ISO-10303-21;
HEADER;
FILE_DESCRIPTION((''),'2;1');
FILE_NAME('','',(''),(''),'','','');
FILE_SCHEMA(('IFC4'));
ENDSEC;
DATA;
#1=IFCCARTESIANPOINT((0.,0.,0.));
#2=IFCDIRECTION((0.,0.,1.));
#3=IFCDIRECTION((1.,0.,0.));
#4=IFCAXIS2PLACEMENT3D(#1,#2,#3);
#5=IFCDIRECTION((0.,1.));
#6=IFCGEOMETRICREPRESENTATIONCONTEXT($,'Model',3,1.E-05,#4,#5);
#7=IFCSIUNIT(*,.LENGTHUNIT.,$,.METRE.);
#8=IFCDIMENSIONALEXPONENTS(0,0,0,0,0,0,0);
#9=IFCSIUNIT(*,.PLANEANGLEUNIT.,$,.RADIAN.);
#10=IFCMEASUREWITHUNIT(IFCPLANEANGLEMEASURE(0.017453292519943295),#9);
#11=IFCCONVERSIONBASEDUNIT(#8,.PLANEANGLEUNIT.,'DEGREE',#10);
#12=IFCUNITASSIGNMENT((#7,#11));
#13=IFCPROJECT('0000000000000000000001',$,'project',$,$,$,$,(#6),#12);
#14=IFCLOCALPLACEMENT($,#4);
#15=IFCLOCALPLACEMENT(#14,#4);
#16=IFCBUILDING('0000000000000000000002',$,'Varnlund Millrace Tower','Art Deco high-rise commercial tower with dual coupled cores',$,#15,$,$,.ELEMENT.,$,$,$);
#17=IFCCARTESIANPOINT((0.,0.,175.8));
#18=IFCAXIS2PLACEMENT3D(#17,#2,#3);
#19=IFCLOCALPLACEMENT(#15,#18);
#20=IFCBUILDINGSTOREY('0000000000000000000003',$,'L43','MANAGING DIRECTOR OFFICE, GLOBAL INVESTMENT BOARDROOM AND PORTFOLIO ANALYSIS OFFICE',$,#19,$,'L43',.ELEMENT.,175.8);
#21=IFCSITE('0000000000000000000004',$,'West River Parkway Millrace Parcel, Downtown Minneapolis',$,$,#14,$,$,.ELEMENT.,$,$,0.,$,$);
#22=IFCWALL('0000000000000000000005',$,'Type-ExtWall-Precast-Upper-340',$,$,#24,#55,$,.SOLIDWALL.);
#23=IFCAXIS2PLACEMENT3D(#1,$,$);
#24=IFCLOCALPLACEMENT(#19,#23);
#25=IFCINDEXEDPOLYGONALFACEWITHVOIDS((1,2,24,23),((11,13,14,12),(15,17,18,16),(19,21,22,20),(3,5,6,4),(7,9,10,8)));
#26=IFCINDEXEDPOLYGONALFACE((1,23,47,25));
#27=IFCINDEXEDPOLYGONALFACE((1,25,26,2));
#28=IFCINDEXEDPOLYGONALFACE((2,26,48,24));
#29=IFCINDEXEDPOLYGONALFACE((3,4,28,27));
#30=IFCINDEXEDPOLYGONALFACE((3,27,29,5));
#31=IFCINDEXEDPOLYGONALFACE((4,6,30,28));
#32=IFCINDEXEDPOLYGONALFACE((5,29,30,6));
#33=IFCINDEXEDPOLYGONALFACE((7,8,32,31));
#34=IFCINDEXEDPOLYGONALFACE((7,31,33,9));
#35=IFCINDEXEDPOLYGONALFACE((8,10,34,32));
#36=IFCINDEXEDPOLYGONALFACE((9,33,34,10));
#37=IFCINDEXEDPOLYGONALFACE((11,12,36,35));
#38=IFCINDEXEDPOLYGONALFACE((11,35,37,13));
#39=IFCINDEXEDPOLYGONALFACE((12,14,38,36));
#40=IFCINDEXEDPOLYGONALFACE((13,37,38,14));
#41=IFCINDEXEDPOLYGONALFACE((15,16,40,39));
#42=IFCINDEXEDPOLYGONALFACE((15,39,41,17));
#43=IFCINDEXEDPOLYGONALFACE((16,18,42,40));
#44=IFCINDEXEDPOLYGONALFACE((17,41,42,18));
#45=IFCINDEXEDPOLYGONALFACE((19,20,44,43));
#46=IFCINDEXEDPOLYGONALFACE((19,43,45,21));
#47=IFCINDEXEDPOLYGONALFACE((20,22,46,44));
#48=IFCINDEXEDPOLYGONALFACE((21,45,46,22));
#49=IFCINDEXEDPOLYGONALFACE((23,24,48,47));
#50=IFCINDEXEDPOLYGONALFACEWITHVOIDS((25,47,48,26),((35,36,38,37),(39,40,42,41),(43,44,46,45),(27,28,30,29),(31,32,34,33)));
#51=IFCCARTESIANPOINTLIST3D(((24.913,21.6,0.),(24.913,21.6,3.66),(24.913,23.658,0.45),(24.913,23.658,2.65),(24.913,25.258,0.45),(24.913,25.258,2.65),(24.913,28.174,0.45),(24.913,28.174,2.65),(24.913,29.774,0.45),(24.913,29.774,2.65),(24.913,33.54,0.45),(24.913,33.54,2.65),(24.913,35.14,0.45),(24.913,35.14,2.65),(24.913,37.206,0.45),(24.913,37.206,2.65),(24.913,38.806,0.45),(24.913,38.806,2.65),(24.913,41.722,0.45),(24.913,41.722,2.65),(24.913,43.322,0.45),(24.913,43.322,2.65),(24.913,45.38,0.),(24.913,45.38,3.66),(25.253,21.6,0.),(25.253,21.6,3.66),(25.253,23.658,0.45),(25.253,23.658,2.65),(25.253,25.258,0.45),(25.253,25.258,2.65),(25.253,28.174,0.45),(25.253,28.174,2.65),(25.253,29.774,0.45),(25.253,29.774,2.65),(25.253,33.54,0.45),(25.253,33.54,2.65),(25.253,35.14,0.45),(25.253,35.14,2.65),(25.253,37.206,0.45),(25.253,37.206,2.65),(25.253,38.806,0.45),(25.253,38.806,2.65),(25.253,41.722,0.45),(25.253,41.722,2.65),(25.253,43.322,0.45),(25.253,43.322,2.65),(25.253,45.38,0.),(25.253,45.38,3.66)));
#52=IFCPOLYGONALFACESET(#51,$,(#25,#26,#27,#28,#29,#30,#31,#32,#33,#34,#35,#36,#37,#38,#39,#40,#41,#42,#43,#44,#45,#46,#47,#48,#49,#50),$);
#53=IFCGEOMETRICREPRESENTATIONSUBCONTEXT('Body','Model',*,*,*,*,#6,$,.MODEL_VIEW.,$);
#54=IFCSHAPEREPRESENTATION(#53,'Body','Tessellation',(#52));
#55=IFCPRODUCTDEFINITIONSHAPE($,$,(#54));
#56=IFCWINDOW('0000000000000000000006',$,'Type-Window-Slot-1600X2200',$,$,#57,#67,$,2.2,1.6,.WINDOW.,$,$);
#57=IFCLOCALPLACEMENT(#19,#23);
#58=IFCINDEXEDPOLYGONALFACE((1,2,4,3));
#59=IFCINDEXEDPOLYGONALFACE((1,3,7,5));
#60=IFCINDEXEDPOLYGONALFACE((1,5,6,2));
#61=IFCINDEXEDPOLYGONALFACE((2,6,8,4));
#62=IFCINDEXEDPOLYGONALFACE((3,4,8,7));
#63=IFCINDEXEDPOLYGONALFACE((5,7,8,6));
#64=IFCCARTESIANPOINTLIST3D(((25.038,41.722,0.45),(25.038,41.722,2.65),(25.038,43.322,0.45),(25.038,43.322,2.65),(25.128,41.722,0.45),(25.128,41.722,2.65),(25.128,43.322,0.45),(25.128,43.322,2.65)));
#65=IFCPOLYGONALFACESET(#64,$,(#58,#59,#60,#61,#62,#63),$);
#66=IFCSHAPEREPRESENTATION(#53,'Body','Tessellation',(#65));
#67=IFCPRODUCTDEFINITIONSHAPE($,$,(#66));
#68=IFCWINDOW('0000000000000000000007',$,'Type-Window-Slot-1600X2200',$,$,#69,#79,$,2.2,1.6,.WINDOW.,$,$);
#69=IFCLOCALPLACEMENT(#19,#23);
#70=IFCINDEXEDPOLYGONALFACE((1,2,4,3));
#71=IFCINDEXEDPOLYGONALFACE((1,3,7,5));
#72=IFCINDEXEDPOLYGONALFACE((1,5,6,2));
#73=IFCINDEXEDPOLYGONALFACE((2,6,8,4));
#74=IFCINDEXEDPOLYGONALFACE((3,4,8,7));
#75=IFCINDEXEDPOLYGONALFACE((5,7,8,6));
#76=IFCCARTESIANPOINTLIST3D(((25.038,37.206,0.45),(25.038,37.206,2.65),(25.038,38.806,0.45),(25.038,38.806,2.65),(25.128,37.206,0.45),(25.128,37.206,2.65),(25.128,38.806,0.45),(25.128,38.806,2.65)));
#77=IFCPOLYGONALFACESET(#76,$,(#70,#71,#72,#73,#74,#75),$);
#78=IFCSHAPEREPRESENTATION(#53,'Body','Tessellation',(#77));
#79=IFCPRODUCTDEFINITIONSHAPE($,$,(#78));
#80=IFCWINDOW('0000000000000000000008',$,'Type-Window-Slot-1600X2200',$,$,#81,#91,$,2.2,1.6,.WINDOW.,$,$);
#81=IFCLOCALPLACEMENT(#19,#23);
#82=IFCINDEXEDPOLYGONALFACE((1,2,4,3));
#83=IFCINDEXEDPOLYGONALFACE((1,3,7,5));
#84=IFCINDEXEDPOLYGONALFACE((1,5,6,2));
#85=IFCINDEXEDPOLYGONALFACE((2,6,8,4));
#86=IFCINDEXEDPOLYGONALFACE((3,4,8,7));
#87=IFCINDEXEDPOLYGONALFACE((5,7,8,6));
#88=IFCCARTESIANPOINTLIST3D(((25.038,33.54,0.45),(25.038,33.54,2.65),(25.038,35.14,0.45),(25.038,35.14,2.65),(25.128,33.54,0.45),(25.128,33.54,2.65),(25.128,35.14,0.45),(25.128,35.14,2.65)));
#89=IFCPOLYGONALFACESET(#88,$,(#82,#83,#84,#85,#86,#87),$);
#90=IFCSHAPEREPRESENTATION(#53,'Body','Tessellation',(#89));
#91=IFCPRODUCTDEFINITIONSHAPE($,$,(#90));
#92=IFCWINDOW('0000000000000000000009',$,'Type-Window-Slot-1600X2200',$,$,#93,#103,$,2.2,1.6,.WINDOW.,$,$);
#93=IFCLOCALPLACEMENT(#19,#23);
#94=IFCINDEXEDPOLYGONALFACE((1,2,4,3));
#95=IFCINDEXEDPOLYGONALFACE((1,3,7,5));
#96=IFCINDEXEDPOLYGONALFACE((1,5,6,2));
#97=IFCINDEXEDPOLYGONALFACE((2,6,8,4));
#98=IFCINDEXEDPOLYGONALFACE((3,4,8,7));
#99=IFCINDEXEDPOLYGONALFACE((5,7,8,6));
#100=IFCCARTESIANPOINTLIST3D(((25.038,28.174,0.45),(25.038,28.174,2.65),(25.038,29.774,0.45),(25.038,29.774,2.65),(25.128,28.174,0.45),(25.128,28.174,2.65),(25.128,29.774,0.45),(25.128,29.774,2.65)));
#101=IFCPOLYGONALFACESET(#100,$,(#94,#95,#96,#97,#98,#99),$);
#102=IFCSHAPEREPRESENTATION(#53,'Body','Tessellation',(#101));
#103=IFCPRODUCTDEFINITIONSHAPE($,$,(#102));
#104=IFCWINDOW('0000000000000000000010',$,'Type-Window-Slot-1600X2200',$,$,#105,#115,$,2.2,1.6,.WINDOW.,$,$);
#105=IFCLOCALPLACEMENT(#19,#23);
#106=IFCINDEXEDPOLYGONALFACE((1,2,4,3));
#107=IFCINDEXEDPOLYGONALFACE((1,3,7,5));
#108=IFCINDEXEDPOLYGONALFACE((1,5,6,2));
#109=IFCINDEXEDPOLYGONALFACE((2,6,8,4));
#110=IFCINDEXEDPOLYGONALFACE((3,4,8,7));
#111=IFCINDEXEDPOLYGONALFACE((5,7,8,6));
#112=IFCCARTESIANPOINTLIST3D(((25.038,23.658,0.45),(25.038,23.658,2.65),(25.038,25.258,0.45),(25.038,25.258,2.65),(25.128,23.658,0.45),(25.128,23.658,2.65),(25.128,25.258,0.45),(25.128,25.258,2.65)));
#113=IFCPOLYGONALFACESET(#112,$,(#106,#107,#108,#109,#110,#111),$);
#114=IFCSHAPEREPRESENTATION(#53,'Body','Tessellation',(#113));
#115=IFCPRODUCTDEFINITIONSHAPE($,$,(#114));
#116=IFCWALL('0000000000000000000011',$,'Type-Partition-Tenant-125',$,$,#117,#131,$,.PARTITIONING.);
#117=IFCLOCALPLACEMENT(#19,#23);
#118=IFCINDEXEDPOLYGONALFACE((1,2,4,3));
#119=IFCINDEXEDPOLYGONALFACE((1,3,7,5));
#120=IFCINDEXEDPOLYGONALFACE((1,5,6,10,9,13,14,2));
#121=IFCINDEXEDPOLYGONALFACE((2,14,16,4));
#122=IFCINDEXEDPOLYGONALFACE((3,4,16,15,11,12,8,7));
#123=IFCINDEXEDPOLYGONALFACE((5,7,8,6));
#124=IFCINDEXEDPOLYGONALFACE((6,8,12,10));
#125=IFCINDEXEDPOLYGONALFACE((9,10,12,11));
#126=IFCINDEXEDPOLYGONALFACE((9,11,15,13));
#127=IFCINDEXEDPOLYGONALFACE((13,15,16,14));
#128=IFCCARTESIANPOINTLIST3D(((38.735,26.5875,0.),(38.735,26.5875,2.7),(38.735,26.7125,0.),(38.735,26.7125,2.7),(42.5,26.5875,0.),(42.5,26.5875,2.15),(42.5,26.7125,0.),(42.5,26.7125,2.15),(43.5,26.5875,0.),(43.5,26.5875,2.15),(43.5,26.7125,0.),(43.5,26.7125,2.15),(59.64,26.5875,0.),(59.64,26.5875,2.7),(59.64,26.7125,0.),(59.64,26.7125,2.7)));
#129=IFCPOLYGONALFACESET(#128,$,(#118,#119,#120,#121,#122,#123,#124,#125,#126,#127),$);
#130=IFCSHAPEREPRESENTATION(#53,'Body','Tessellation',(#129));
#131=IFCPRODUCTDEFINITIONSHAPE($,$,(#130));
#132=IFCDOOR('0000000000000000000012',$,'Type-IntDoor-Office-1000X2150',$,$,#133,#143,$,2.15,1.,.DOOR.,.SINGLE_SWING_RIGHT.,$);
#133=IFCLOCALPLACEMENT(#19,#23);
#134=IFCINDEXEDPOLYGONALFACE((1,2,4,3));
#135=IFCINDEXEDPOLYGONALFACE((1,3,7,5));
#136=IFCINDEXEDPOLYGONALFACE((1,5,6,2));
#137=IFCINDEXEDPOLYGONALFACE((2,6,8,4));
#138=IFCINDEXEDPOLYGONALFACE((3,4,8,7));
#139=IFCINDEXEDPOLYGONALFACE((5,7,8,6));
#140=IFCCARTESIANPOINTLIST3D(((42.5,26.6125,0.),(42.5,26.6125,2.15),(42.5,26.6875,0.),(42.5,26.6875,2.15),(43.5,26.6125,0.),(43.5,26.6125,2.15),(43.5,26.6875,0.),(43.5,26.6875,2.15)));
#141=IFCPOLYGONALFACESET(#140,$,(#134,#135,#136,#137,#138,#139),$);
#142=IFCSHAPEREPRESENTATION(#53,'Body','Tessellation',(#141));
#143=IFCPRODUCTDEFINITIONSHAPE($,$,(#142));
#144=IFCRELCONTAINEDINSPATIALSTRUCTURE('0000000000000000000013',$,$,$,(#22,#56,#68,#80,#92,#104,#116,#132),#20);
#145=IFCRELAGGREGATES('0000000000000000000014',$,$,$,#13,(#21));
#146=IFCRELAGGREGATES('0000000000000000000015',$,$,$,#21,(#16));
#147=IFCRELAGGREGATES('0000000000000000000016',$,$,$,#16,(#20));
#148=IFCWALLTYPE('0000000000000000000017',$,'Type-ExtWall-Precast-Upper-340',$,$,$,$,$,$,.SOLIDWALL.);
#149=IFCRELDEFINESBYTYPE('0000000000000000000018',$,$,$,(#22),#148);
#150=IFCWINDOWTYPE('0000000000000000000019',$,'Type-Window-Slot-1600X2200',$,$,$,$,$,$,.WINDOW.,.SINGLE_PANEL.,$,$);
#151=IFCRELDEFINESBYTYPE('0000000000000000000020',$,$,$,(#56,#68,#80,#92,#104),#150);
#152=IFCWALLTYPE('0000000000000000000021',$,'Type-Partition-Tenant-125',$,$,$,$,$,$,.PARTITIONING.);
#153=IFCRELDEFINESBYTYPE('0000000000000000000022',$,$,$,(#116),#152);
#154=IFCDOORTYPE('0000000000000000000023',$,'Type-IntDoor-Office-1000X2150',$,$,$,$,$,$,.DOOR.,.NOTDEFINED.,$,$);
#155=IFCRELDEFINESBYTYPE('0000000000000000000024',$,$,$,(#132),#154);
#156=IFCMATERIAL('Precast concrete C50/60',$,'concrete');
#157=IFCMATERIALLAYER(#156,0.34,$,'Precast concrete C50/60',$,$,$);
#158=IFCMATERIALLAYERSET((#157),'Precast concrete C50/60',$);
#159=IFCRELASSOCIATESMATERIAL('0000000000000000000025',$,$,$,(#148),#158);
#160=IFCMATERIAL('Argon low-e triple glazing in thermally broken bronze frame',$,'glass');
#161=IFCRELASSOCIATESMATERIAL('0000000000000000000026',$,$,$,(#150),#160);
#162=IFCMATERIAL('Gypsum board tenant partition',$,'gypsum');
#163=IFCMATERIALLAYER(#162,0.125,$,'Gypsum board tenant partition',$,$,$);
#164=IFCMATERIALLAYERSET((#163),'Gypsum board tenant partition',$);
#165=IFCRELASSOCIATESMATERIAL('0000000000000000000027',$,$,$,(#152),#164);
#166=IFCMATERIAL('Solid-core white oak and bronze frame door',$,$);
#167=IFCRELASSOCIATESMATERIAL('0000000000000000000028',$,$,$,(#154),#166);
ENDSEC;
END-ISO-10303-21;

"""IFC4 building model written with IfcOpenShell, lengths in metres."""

from ifc_helpers import new_model, entity, si_unit, converted_unit, direction, frame, origin_with_axes, origin_2d_with_axis, place, context, subcontext, project, spatial, polyline, rectangle, outline, extrude, material, layer, layer_set, type_object, element, fill, save


model = new_model("IFC4")

# Units and contexts
model_context = context("Model", 3, precision=1e-05, world=origin_with_axes(), true_north=direction((0.0, 1.0)))
body_context = subcontext(model_context, "Body", "Model", "MODEL_VIEW")
ifc_project = project(units=[si_unit("LENGTHUNIT", "METRE"), converted_unit("PLANEANGLEUNIT", "DEGREE", entity("IfcPlaneAngleMeasure", 0.017453292519943295), si_unit("PLANEANGLEUNIT", "RADIAN"), dimensions=[0, 0, 0, 0, 0, 0, 0])], contexts=[model_context])

# Site, building, storey
site_placement = place(None, origin_with_axes())
site = spatial("IfcSite", under=ifc_project, at=site_placement, Name="West River Parkway Millrace Parcel, Downtown Minneapolis", CompositionType="ELEMENT", RefElevation=0.0)
building_placement = place(site_placement, origin_with_axes())
building = spatial("IfcBuilding", under=site, at=building_placement, Name="Varnlund Millrace Tower", Description="Art Deco high-rise commercial tower with dual coupled cores", CompositionType="ELEMENT")
storey_placement = place(building_placement, frame((0.0, 0.0, 175.8), z_axis=(0.0, 0.0, 1.0), x_axis=(1.0, 0.0, 0.0)))
storey = spatial("IfcBuildingStorey", under=building, at=storey_placement, Name="L43", Description="MANAGING DIRECTOR OFFICE, GLOBAL INVESTMENT BOARDROOM AND PORTFOLIO ANALYSIS OFFICE", LongName="L43", CompositionType="ELEMENT", Elevation=175.8)

# Shared definitions
ifc_material_1 = material(Name="Precast concrete C50/60", Category="concrete")
ifc_layer_1 = layer(ifc_material_1, 0.34, Name="Precast concrete C50/60")
ifc_layer_set_1 = layer_set([ifc_layer_1], Name="Precast concrete C50/60")
wall_type_1 = type_object("IfcWallType", Name="Type-ExtWall-Precast-Upper-340", PredefinedType="SOLIDWALL", material=ifc_layer_set_1)
ifc_material_2 = material(Name="Argon low-e triple glazing in thermally broken bronze frame", Category="glass")

# Wall, openings, windows
wall_1_placement = place(storey_placement, frame((25.083, 45.38, 0.0), z_axis=(0.0, 0.0, 1.0), x_axis=(0.0, -1.0, 0.0)))
wall_1 = element("IfcWall", 1, at=wall_1_placement, inside=storey, type_object=wall_type_1, Name="Type-ExtWall-Precast-Upper-340", PredefinedType="SOLIDWALL", context=body_context, shape_type="SweptSolid", body=[
    extrude(outline(polyline([(0.0, -0.17), (23.78, -0.17), (23.78, 0.17), (0.0, 0.17), (0.0, -0.17)])), origin_with_axes(), (0.0, 0.0, 1.0), 3.66),
])
opening_1_placement = place(wall_1_placement, frame((2.858, 0.0, 0.45), z_axis=(0.0, 0.0, 1.0), x_axis=(1.0, 0.0, 0.0)))
opening_1 = element("IfcOpeningElement", 2, at=opening_1_placement, cuts=wall_1, PredefinedType="OPENING", context=body_context, shape_type="SweptSolid", body=[
    extrude(rectangle(XDim=1.6, YDim=0.36, at=origin_2d_with_axis()), origin_with_axes(), (0.0, 0.0, 1.0), 2.2),
])
opening_2_placement = place(wall_1_placement, frame((7.374, 0.0, 0.45), z_axis=(0.0, 0.0, 1.0), x_axis=(1.0, 0.0, 0.0)))
opening_2 = element("IfcOpeningElement", 3, at=opening_2_placement, cuts=wall_1, PredefinedType="OPENING", context=body_context, shape_type="SweptSolid", body=[
    extrude(rectangle(XDim=1.6, YDim=0.36, at=origin_2d_with_axis()), origin_with_axes(), (0.0, 0.0, 1.0), 2.2),
])
opening_3_placement = place(wall_1_placement, frame((11.04, 0.0, 0.45), z_axis=(0.0, 0.0, 1.0), x_axis=(1.0, 0.0, 0.0)))
opening_3 = element("IfcOpeningElement", 4, at=opening_3_placement, cuts=wall_1, PredefinedType="OPENING", context=body_context, shape_type="SweptSolid", body=[
    extrude(rectangle(XDim=1.6, YDim=0.36, at=origin_2d_with_axis()), origin_with_axes(), (0.0, 0.0, 1.0), 2.2),
])
opening_4_placement = place(wall_1_placement, frame((16.406, 0.0, 0.45), z_axis=(0.0, 0.0, 1.0), x_axis=(1.0, 0.0, 0.0)))
opening_4 = element("IfcOpeningElement", 5, at=opening_4_placement, cuts=wall_1, PredefinedType="OPENING", context=body_context, shape_type="SweptSolid", body=[
    extrude(rectangle(XDim=1.6, YDim=0.36, at=origin_2d_with_axis()), origin_with_axes(), (0.0, 0.0, 1.0), 2.2),
])
opening_5_placement = place(wall_1_placement, frame((20.922, 0.0, 0.45), z_axis=(0.0, 0.0, 1.0), x_axis=(1.0, 0.0, 0.0)))
opening_5 = element("IfcOpeningElement", 6, at=opening_5_placement, cuts=wall_1, PredefinedType="OPENING", context=body_context, shape_type="SweptSolid", body=[
    extrude(rectangle(XDim=1.6, YDim=0.36, at=origin_2d_with_axis()), origin_with_axes(), (0.0, 0.0, 1.0), 2.2),
])
window_type_1 = type_object("IfcWindowType", Name="Type-Window-Slot-1600X2200", PartitioningType="SINGLE_PANEL", PredefinedType="WINDOW", material=ifc_material_2)
window_1_placement = place(wall_1_placement, frame((2.858, 0.0, 0.45), z_axis=(0.0, 0.0, 1.0), x_axis=(1.0, 0.0, 0.0)))
window_1 = element("IfcWindow", 7, at=window_1_placement, inside=storey, type_object=window_type_1, Name="Type-Window-Slot-1600X2200", OverallHeight=2.2, OverallWidth=1.6, PredefinedType="WINDOW", context=body_context, shape_type="SweptSolid", body=[
    extrude(rectangle(XDim=1.6, YDim=0.09, at=origin_2d_with_axis()), origin_with_axes(), (0.0, 0.0, 1.0), 2.2),
])
fill(opening_1, window_1)
window_2_placement = place(wall_1_placement, frame((7.374, 0.0, 0.45), z_axis=(0.0, 0.0, 1.0), x_axis=(1.0, 0.0, 0.0)))
window_2 = element("IfcWindow", 8, at=window_2_placement, inside=storey, type_object=window_type_1, Name="Type-Window-Slot-1600X2200", OverallHeight=2.2, OverallWidth=1.6, PredefinedType="WINDOW", context=body_context, shape_type="SweptSolid", body=[
    extrude(rectangle(XDim=1.6, YDim=0.09, at=origin_2d_with_axis()), origin_with_axes(), (0.0, 0.0, 1.0), 2.2),
])
fill(opening_2, window_2)
window_3_placement = place(wall_1_placement, frame((11.04, 0.0, 0.45), z_axis=(0.0, 0.0, 1.0), x_axis=(1.0, 0.0, 0.0)))
window_3 = element("IfcWindow", 9, at=window_3_placement, inside=storey, type_object=window_type_1, Name="Type-Window-Slot-1600X2200", OverallHeight=2.2, OverallWidth=1.6, PredefinedType="WINDOW", context=body_context, shape_type="SweptSolid", body=[
    extrude(rectangle(XDim=1.6, YDim=0.09, at=origin_2d_with_axis()), origin_with_axes(), (0.0, 0.0, 1.0), 2.2),
])
fill(opening_3, window_3)
window_4_placement = place(wall_1_placement, frame((16.406, 0.0, 0.45), z_axis=(0.0, 0.0, 1.0), x_axis=(1.0, 0.0, 0.0)))
window_4 = element("IfcWindow", 10, at=window_4_placement, inside=storey, type_object=window_type_1, Name="Type-Window-Slot-1600X2200", OverallHeight=2.2, OverallWidth=1.6, PredefinedType="WINDOW", context=body_context, shape_type="SweptSolid", body=[
    extrude(rectangle(XDim=1.6, YDim=0.09, at=origin_2d_with_axis()), origin_with_axes(), (0.0, 0.0, 1.0), 2.2),
])
fill(opening_4, window_4)
window_5_placement = place(wall_1_placement, frame((20.922, 0.0, 0.45), z_axis=(0.0, 0.0, 1.0), x_axis=(1.0, 0.0, 0.0)))
window_5 = element("IfcWindow", 11, at=window_5_placement, inside=storey, type_object=window_type_1, Name="Type-Window-Slot-1600X2200", OverallHeight=2.2, OverallWidth=1.6, PredefinedType="WINDOW", context=body_context, shape_type="SweptSolid", body=[
    extrude(rectangle(XDim=1.6, YDim=0.09, at=origin_2d_with_axis()), origin_with_axes(), (0.0, 0.0, 1.0), 2.2),
])
fill(opening_5, window_5)

# Wall, opening, door
ifc_material_3 = material(Name="Gypsum board tenant partition", Category="gypsum")
ifc_layer_2 = layer(ifc_material_3, 0.125, Name="Gypsum board tenant partition")
ifc_layer_set_2 = layer_set([ifc_layer_2], Name="Gypsum board tenant partition")
wall_type_2 = type_object("IfcWallType", Name="Type-Partition-Tenant-125", PredefinedType="PARTITIONING", material=ifc_layer_set_2)
wall_2_placement = place(storey_placement, frame((38.735, 26.65, 0.0), z_axis=(0.0, 0.0, 1.0), x_axis=(1.0, 0.0, 0.0)))
wall_2 = element("IfcWall", 12, at=wall_2_placement, inside=storey, type_object=wall_type_2, Name="Type-Partition-Tenant-125", PredefinedType="PARTITIONING", context=body_context, shape_type="SweptSolid", body=[
    extrude(outline(polyline([(0.0, -0.0625), (20.905, -0.0625), (20.905, 0.0625), (0.0, 0.0625), (0.0, -0.0625)])), origin_with_axes(), (0.0, 0.0, 1.0), 2.7),
])
opening_6_placement = place(wall_2_placement, frame((4.265, 0.0, 0.0), z_axis=(0.0, 0.0, 1.0), x_axis=(1.0, 0.0, 0.0)))
opening_6 = element("IfcOpeningElement", 13, at=opening_6_placement, cuts=wall_2, PredefinedType="OPENING", context=body_context, shape_type="SweptSolid", body=[
    extrude(rectangle(XDim=1.0, YDim=0.145, at=origin_2d_with_axis()), origin_with_axes(), (0.0, 0.0, 1.0), 2.15),
])
ifc_material_4 = material(Name="Solid-core white oak and bronze frame door")
door_type = type_object("IfcDoorType", Name="Type-IntDoor-Office-1000X2150", OperationType="NOTDEFINED", PredefinedType="DOOR", material=ifc_material_4)
door_placement = place(wall_2_placement, frame((4.265, 0.0, 0.0), z_axis=(0.0, 0.0, 1.0), x_axis=(1.0, 0.0, 0.0)))
door = element("IfcDoor", 14, at=door_placement, inside=storey, type_object=door_type, Name="Type-IntDoor-Office-1000X2150", OperationType="SINGLE_SWING_RIGHT", OverallHeight=2.15, OverallWidth=1.0, PredefinedType="DOOR", context=body_context, shape_type="SweptSolid", body=[
    extrude(rectangle(XDim=1.0, YDim=0.075, at=origin_2d_with_axis()), origin_with_axes(), (0.0, 0.0, 1.0), 2.15),
])
fill(opening_6, door)

save(model, "model.ifc")
